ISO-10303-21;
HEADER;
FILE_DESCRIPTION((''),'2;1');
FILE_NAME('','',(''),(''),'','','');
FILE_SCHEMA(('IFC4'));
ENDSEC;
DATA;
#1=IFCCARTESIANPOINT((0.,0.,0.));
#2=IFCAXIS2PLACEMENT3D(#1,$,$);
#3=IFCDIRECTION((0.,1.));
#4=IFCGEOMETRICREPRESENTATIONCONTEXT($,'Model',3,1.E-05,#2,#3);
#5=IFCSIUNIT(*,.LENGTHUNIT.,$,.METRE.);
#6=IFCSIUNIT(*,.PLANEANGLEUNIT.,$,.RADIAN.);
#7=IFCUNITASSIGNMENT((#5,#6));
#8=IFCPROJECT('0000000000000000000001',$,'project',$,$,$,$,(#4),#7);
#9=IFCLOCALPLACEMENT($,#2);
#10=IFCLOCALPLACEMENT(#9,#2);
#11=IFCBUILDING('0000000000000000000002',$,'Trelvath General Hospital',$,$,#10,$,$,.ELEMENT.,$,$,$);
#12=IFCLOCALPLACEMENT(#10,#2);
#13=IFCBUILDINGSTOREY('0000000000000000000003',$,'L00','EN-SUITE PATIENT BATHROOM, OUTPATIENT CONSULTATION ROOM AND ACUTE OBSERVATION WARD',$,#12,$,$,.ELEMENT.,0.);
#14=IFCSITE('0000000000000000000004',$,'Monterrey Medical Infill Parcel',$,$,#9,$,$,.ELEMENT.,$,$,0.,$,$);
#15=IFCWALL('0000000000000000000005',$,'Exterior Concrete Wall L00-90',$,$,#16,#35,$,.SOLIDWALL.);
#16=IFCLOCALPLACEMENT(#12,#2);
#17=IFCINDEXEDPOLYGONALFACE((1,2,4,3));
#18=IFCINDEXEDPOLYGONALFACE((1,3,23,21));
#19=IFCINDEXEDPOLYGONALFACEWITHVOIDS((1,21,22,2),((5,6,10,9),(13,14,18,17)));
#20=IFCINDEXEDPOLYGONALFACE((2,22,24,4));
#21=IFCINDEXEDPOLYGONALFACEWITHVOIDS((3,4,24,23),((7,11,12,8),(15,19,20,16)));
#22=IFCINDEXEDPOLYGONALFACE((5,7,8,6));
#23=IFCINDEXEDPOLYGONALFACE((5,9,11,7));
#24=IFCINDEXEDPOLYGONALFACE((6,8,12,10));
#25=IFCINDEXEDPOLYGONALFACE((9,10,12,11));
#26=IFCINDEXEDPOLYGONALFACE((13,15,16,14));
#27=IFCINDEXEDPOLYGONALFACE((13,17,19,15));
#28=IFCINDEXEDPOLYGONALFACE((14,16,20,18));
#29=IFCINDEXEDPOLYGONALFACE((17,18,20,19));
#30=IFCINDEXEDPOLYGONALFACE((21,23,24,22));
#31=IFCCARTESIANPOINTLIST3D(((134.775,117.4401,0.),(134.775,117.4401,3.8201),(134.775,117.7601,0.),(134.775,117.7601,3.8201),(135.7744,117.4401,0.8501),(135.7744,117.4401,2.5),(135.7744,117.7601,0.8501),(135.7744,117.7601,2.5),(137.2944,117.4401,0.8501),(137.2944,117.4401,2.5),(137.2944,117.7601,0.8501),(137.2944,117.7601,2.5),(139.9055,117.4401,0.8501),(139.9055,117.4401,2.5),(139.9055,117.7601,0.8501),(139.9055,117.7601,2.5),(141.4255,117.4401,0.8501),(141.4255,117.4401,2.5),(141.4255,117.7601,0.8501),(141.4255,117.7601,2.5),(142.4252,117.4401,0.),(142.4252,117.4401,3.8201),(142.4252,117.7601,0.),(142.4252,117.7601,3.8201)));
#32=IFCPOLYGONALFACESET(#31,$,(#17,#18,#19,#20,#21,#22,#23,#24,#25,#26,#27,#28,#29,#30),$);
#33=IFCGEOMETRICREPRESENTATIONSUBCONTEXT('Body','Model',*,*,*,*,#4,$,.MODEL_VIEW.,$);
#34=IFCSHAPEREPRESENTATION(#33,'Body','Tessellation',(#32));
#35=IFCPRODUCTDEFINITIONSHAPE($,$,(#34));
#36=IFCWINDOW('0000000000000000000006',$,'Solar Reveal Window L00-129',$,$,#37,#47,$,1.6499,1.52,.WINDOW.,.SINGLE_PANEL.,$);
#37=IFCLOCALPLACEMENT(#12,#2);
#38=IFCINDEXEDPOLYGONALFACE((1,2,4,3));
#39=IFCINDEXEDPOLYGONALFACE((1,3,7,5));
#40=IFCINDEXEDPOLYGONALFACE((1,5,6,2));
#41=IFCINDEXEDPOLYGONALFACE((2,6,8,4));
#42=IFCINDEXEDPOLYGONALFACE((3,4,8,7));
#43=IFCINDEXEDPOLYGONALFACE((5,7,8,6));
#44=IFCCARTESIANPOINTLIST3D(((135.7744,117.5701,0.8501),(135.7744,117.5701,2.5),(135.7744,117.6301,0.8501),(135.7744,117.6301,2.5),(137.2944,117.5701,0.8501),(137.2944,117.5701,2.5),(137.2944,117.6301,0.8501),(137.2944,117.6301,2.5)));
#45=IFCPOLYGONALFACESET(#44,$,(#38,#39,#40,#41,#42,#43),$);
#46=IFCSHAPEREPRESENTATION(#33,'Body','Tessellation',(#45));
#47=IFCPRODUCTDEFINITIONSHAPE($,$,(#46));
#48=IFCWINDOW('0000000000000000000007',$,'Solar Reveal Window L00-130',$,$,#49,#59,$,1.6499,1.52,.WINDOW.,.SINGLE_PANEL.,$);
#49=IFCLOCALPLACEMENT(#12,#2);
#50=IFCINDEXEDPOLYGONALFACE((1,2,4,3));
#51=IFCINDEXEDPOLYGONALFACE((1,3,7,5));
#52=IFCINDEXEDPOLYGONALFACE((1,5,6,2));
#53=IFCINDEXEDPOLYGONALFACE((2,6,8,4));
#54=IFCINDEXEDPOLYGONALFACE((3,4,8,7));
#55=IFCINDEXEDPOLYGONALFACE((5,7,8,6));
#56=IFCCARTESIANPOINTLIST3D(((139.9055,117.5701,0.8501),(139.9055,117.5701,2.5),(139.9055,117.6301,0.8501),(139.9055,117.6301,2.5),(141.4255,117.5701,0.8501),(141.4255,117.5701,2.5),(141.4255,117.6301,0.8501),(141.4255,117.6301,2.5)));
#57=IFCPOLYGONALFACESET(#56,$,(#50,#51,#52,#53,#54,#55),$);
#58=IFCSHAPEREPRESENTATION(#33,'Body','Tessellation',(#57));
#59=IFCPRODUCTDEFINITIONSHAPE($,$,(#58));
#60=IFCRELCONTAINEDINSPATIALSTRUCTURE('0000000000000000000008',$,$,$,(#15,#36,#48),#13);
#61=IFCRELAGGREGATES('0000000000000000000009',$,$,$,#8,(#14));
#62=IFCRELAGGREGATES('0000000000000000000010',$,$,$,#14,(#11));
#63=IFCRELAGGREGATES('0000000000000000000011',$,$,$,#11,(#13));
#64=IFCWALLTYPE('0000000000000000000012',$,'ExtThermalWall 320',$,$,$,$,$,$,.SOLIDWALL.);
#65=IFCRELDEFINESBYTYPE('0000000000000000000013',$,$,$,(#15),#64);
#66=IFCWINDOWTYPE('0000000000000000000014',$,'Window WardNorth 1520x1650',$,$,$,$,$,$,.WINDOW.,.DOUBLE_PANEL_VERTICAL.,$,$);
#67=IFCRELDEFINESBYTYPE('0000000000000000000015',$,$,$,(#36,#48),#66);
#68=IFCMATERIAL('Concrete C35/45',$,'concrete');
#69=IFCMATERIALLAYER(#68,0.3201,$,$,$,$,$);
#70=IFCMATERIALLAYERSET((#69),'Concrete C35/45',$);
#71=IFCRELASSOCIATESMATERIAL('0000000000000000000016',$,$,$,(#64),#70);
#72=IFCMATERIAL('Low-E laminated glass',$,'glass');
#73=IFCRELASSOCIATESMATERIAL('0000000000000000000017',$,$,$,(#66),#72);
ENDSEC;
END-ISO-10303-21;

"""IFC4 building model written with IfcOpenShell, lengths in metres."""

from ifc_helpers import new_model, si_unit, direction, frame, frame_2d, origin, place, context, subcontext, project, spatial, rectangle, extrude, material, layer, layer_set, type_object, element, fill, save


model = new_model("IFC4")

# Units and contexts
model_context = context("Model", 3, precision=1e-05, world=origin(), true_north=direction((0.0, 1.0)))
body_context = subcontext(model_context, "Body", "Model", "MODEL_VIEW")
ifc_project = project(units=[si_unit("LENGTHUNIT", "METRE"), si_unit("PLANEANGLEUNIT", "RADIAN")], contexts=[model_context])

# Site, building, storey
site_placement = place(None, origin())
site = spatial("IfcSite", under=ifc_project, at=site_placement, Name="Monterrey Medical Infill Parcel", CompositionType="ELEMENT", RefElevation=0.0)
building_placement = place(site_placement, origin())
building = spatial("IfcBuilding", under=site, at=building_placement, Name="Trelvath General Hospital", CompositionType="ELEMENT")
storey_placement = place(building_placement, origin())
storey = spatial("IfcBuildingStorey", under=building, at=storey_placement, Name="L00", Description="EN-SUITE PATIENT BATHROOM, OUTPATIENT CONSULTATION ROOM AND ACUTE OBSERVATION WARD", CompositionType="ELEMENT", Elevation=0.0)

# Wall, openings, windows
ifc_material_1 = material(Name="Concrete C35/45", Category="concrete")
ifc_layer_1 = layer(ifc_material_1, 0.3201)
ifc_layer_set_1 = layer_set([ifc_layer_1], Name="Concrete C35/45")
wall_type_1 = type_object("IfcWallType", Name="ExtThermalWall 320", PredefinedType="SOLIDWALL", material=ifc_layer_set_1)
wall_1_placement = place(storey_placement, frame((134.7749, 117.6001, 0.0), z_axis=(0.0, 0.0, 1.0), x_axis=(1.0, 0.0, 0.0)))
wall_1 = element("IfcWall", 1, at=wall_1_placement, inside=storey, type_object=wall_type_1, Name="Exterior Concrete Wall L00-90", PredefinedType="SOLIDWALL", context=body_context, shape_type="SweptSolid", body=[
    extrude(rectangle(XDim=7.6501, YDim=0.3201, at=frame_2d((3.8252, 0.0))), origin(), (0.0, 0.0, 1.0), 3.8201),
])
opening_1_placement = place(wall_1_placement, frame((0.9995, 0.0, 0.8501)))
opening_1 = element("IfcOpeningElement", 2, at=opening_1_placement, cuts=wall_1, PredefinedType="OPENING", context=body_context, shape_type="SweptSolid", body=[
    extrude(rectangle(XDim=1.52, YDim=1.6499, at=frame_2d((0.76, 0.825))), frame((0.0, 0.1699, 0.0), z_axis=(0.0, -1.0, 0.0), x_axis=(1.0, 0.0, 0.0)), (0.0, 0.0, 1.0), 0.3401),
])
opening_2_placement = place(wall_1_placement, frame((5.1306, 0.0, 0.8501)))
opening_2 = element("IfcOpeningElement", 3, at=opening_2_placement, cuts=wall_1, PredefinedType="OPENING", context=body_context, shape_type="SweptSolid", body=[
    extrude(rectangle(XDim=1.52, YDim=1.6499, at=frame_2d((0.76, 0.825))), frame((0.0, 0.1699, 0.0), z_axis=(0.0, -1.0, 0.0), x_axis=(1.0, 0.0, 0.0)), (0.0, 0.0, 1.0), 0.3401),
])
ifc_material_2 = material(Name="Low-E laminated glass", Category="glass")
window_type = type_object("IfcWindowType", Name="Window WardNorth 1520x1650", PartitioningType="DOUBLE_PANEL_VERTICAL", PredefinedType="WINDOW", material=ifc_material_2)
window_1_placement = place(opening_1_placement, origin())
window_1 = element("IfcWindow", 4, at=window_1_placement, inside=storey, type_object=window_type, Name="Solar Reveal Window L00-129", OverallHeight=1.6499, OverallWidth=1.52, PartitioningType="SINGLE_PANEL", PredefinedType="WINDOW", context=body_context, shape_type="SweptSolid", body=[
    extrude(rectangle(XDim=1.52, YDim=1.6499, at=frame_2d((0.76, 0.825))), frame((0.0, 0.03, 0.0), z_axis=(0.0, -1.0, 0.0), x_axis=(1.0, 0.0, 0.0)), (0.0, 0.0, 1.0), 0.0601),
])
fill(opening_1, window_1)
window_2_placement = place(opening_2_placement, origin())
window_2 = element("IfcWindow", 5, at=window_2_placement, inside=storey, type_object=window_type, Name="Solar Reveal Window L00-130", OverallHeight=1.6499, OverallWidth=1.52, PartitioningType="SINGLE_PANEL", PredefinedType="WINDOW", context=body_context, shape_type="SweptSolid", body=[
    extrude(rectangle(XDim=1.52, YDim=1.6499, at=frame_2d((0.76, 0.825))), frame((0.0, 0.03, 0.0), z_axis=(0.0, -1.0, 0.0), x_axis=(1.0, 0.0, 0.0)), (0.0, 0.0, 1.0), 0.0601),
])
fill(opening_2, window_2)

save(model, "model.ifc")
